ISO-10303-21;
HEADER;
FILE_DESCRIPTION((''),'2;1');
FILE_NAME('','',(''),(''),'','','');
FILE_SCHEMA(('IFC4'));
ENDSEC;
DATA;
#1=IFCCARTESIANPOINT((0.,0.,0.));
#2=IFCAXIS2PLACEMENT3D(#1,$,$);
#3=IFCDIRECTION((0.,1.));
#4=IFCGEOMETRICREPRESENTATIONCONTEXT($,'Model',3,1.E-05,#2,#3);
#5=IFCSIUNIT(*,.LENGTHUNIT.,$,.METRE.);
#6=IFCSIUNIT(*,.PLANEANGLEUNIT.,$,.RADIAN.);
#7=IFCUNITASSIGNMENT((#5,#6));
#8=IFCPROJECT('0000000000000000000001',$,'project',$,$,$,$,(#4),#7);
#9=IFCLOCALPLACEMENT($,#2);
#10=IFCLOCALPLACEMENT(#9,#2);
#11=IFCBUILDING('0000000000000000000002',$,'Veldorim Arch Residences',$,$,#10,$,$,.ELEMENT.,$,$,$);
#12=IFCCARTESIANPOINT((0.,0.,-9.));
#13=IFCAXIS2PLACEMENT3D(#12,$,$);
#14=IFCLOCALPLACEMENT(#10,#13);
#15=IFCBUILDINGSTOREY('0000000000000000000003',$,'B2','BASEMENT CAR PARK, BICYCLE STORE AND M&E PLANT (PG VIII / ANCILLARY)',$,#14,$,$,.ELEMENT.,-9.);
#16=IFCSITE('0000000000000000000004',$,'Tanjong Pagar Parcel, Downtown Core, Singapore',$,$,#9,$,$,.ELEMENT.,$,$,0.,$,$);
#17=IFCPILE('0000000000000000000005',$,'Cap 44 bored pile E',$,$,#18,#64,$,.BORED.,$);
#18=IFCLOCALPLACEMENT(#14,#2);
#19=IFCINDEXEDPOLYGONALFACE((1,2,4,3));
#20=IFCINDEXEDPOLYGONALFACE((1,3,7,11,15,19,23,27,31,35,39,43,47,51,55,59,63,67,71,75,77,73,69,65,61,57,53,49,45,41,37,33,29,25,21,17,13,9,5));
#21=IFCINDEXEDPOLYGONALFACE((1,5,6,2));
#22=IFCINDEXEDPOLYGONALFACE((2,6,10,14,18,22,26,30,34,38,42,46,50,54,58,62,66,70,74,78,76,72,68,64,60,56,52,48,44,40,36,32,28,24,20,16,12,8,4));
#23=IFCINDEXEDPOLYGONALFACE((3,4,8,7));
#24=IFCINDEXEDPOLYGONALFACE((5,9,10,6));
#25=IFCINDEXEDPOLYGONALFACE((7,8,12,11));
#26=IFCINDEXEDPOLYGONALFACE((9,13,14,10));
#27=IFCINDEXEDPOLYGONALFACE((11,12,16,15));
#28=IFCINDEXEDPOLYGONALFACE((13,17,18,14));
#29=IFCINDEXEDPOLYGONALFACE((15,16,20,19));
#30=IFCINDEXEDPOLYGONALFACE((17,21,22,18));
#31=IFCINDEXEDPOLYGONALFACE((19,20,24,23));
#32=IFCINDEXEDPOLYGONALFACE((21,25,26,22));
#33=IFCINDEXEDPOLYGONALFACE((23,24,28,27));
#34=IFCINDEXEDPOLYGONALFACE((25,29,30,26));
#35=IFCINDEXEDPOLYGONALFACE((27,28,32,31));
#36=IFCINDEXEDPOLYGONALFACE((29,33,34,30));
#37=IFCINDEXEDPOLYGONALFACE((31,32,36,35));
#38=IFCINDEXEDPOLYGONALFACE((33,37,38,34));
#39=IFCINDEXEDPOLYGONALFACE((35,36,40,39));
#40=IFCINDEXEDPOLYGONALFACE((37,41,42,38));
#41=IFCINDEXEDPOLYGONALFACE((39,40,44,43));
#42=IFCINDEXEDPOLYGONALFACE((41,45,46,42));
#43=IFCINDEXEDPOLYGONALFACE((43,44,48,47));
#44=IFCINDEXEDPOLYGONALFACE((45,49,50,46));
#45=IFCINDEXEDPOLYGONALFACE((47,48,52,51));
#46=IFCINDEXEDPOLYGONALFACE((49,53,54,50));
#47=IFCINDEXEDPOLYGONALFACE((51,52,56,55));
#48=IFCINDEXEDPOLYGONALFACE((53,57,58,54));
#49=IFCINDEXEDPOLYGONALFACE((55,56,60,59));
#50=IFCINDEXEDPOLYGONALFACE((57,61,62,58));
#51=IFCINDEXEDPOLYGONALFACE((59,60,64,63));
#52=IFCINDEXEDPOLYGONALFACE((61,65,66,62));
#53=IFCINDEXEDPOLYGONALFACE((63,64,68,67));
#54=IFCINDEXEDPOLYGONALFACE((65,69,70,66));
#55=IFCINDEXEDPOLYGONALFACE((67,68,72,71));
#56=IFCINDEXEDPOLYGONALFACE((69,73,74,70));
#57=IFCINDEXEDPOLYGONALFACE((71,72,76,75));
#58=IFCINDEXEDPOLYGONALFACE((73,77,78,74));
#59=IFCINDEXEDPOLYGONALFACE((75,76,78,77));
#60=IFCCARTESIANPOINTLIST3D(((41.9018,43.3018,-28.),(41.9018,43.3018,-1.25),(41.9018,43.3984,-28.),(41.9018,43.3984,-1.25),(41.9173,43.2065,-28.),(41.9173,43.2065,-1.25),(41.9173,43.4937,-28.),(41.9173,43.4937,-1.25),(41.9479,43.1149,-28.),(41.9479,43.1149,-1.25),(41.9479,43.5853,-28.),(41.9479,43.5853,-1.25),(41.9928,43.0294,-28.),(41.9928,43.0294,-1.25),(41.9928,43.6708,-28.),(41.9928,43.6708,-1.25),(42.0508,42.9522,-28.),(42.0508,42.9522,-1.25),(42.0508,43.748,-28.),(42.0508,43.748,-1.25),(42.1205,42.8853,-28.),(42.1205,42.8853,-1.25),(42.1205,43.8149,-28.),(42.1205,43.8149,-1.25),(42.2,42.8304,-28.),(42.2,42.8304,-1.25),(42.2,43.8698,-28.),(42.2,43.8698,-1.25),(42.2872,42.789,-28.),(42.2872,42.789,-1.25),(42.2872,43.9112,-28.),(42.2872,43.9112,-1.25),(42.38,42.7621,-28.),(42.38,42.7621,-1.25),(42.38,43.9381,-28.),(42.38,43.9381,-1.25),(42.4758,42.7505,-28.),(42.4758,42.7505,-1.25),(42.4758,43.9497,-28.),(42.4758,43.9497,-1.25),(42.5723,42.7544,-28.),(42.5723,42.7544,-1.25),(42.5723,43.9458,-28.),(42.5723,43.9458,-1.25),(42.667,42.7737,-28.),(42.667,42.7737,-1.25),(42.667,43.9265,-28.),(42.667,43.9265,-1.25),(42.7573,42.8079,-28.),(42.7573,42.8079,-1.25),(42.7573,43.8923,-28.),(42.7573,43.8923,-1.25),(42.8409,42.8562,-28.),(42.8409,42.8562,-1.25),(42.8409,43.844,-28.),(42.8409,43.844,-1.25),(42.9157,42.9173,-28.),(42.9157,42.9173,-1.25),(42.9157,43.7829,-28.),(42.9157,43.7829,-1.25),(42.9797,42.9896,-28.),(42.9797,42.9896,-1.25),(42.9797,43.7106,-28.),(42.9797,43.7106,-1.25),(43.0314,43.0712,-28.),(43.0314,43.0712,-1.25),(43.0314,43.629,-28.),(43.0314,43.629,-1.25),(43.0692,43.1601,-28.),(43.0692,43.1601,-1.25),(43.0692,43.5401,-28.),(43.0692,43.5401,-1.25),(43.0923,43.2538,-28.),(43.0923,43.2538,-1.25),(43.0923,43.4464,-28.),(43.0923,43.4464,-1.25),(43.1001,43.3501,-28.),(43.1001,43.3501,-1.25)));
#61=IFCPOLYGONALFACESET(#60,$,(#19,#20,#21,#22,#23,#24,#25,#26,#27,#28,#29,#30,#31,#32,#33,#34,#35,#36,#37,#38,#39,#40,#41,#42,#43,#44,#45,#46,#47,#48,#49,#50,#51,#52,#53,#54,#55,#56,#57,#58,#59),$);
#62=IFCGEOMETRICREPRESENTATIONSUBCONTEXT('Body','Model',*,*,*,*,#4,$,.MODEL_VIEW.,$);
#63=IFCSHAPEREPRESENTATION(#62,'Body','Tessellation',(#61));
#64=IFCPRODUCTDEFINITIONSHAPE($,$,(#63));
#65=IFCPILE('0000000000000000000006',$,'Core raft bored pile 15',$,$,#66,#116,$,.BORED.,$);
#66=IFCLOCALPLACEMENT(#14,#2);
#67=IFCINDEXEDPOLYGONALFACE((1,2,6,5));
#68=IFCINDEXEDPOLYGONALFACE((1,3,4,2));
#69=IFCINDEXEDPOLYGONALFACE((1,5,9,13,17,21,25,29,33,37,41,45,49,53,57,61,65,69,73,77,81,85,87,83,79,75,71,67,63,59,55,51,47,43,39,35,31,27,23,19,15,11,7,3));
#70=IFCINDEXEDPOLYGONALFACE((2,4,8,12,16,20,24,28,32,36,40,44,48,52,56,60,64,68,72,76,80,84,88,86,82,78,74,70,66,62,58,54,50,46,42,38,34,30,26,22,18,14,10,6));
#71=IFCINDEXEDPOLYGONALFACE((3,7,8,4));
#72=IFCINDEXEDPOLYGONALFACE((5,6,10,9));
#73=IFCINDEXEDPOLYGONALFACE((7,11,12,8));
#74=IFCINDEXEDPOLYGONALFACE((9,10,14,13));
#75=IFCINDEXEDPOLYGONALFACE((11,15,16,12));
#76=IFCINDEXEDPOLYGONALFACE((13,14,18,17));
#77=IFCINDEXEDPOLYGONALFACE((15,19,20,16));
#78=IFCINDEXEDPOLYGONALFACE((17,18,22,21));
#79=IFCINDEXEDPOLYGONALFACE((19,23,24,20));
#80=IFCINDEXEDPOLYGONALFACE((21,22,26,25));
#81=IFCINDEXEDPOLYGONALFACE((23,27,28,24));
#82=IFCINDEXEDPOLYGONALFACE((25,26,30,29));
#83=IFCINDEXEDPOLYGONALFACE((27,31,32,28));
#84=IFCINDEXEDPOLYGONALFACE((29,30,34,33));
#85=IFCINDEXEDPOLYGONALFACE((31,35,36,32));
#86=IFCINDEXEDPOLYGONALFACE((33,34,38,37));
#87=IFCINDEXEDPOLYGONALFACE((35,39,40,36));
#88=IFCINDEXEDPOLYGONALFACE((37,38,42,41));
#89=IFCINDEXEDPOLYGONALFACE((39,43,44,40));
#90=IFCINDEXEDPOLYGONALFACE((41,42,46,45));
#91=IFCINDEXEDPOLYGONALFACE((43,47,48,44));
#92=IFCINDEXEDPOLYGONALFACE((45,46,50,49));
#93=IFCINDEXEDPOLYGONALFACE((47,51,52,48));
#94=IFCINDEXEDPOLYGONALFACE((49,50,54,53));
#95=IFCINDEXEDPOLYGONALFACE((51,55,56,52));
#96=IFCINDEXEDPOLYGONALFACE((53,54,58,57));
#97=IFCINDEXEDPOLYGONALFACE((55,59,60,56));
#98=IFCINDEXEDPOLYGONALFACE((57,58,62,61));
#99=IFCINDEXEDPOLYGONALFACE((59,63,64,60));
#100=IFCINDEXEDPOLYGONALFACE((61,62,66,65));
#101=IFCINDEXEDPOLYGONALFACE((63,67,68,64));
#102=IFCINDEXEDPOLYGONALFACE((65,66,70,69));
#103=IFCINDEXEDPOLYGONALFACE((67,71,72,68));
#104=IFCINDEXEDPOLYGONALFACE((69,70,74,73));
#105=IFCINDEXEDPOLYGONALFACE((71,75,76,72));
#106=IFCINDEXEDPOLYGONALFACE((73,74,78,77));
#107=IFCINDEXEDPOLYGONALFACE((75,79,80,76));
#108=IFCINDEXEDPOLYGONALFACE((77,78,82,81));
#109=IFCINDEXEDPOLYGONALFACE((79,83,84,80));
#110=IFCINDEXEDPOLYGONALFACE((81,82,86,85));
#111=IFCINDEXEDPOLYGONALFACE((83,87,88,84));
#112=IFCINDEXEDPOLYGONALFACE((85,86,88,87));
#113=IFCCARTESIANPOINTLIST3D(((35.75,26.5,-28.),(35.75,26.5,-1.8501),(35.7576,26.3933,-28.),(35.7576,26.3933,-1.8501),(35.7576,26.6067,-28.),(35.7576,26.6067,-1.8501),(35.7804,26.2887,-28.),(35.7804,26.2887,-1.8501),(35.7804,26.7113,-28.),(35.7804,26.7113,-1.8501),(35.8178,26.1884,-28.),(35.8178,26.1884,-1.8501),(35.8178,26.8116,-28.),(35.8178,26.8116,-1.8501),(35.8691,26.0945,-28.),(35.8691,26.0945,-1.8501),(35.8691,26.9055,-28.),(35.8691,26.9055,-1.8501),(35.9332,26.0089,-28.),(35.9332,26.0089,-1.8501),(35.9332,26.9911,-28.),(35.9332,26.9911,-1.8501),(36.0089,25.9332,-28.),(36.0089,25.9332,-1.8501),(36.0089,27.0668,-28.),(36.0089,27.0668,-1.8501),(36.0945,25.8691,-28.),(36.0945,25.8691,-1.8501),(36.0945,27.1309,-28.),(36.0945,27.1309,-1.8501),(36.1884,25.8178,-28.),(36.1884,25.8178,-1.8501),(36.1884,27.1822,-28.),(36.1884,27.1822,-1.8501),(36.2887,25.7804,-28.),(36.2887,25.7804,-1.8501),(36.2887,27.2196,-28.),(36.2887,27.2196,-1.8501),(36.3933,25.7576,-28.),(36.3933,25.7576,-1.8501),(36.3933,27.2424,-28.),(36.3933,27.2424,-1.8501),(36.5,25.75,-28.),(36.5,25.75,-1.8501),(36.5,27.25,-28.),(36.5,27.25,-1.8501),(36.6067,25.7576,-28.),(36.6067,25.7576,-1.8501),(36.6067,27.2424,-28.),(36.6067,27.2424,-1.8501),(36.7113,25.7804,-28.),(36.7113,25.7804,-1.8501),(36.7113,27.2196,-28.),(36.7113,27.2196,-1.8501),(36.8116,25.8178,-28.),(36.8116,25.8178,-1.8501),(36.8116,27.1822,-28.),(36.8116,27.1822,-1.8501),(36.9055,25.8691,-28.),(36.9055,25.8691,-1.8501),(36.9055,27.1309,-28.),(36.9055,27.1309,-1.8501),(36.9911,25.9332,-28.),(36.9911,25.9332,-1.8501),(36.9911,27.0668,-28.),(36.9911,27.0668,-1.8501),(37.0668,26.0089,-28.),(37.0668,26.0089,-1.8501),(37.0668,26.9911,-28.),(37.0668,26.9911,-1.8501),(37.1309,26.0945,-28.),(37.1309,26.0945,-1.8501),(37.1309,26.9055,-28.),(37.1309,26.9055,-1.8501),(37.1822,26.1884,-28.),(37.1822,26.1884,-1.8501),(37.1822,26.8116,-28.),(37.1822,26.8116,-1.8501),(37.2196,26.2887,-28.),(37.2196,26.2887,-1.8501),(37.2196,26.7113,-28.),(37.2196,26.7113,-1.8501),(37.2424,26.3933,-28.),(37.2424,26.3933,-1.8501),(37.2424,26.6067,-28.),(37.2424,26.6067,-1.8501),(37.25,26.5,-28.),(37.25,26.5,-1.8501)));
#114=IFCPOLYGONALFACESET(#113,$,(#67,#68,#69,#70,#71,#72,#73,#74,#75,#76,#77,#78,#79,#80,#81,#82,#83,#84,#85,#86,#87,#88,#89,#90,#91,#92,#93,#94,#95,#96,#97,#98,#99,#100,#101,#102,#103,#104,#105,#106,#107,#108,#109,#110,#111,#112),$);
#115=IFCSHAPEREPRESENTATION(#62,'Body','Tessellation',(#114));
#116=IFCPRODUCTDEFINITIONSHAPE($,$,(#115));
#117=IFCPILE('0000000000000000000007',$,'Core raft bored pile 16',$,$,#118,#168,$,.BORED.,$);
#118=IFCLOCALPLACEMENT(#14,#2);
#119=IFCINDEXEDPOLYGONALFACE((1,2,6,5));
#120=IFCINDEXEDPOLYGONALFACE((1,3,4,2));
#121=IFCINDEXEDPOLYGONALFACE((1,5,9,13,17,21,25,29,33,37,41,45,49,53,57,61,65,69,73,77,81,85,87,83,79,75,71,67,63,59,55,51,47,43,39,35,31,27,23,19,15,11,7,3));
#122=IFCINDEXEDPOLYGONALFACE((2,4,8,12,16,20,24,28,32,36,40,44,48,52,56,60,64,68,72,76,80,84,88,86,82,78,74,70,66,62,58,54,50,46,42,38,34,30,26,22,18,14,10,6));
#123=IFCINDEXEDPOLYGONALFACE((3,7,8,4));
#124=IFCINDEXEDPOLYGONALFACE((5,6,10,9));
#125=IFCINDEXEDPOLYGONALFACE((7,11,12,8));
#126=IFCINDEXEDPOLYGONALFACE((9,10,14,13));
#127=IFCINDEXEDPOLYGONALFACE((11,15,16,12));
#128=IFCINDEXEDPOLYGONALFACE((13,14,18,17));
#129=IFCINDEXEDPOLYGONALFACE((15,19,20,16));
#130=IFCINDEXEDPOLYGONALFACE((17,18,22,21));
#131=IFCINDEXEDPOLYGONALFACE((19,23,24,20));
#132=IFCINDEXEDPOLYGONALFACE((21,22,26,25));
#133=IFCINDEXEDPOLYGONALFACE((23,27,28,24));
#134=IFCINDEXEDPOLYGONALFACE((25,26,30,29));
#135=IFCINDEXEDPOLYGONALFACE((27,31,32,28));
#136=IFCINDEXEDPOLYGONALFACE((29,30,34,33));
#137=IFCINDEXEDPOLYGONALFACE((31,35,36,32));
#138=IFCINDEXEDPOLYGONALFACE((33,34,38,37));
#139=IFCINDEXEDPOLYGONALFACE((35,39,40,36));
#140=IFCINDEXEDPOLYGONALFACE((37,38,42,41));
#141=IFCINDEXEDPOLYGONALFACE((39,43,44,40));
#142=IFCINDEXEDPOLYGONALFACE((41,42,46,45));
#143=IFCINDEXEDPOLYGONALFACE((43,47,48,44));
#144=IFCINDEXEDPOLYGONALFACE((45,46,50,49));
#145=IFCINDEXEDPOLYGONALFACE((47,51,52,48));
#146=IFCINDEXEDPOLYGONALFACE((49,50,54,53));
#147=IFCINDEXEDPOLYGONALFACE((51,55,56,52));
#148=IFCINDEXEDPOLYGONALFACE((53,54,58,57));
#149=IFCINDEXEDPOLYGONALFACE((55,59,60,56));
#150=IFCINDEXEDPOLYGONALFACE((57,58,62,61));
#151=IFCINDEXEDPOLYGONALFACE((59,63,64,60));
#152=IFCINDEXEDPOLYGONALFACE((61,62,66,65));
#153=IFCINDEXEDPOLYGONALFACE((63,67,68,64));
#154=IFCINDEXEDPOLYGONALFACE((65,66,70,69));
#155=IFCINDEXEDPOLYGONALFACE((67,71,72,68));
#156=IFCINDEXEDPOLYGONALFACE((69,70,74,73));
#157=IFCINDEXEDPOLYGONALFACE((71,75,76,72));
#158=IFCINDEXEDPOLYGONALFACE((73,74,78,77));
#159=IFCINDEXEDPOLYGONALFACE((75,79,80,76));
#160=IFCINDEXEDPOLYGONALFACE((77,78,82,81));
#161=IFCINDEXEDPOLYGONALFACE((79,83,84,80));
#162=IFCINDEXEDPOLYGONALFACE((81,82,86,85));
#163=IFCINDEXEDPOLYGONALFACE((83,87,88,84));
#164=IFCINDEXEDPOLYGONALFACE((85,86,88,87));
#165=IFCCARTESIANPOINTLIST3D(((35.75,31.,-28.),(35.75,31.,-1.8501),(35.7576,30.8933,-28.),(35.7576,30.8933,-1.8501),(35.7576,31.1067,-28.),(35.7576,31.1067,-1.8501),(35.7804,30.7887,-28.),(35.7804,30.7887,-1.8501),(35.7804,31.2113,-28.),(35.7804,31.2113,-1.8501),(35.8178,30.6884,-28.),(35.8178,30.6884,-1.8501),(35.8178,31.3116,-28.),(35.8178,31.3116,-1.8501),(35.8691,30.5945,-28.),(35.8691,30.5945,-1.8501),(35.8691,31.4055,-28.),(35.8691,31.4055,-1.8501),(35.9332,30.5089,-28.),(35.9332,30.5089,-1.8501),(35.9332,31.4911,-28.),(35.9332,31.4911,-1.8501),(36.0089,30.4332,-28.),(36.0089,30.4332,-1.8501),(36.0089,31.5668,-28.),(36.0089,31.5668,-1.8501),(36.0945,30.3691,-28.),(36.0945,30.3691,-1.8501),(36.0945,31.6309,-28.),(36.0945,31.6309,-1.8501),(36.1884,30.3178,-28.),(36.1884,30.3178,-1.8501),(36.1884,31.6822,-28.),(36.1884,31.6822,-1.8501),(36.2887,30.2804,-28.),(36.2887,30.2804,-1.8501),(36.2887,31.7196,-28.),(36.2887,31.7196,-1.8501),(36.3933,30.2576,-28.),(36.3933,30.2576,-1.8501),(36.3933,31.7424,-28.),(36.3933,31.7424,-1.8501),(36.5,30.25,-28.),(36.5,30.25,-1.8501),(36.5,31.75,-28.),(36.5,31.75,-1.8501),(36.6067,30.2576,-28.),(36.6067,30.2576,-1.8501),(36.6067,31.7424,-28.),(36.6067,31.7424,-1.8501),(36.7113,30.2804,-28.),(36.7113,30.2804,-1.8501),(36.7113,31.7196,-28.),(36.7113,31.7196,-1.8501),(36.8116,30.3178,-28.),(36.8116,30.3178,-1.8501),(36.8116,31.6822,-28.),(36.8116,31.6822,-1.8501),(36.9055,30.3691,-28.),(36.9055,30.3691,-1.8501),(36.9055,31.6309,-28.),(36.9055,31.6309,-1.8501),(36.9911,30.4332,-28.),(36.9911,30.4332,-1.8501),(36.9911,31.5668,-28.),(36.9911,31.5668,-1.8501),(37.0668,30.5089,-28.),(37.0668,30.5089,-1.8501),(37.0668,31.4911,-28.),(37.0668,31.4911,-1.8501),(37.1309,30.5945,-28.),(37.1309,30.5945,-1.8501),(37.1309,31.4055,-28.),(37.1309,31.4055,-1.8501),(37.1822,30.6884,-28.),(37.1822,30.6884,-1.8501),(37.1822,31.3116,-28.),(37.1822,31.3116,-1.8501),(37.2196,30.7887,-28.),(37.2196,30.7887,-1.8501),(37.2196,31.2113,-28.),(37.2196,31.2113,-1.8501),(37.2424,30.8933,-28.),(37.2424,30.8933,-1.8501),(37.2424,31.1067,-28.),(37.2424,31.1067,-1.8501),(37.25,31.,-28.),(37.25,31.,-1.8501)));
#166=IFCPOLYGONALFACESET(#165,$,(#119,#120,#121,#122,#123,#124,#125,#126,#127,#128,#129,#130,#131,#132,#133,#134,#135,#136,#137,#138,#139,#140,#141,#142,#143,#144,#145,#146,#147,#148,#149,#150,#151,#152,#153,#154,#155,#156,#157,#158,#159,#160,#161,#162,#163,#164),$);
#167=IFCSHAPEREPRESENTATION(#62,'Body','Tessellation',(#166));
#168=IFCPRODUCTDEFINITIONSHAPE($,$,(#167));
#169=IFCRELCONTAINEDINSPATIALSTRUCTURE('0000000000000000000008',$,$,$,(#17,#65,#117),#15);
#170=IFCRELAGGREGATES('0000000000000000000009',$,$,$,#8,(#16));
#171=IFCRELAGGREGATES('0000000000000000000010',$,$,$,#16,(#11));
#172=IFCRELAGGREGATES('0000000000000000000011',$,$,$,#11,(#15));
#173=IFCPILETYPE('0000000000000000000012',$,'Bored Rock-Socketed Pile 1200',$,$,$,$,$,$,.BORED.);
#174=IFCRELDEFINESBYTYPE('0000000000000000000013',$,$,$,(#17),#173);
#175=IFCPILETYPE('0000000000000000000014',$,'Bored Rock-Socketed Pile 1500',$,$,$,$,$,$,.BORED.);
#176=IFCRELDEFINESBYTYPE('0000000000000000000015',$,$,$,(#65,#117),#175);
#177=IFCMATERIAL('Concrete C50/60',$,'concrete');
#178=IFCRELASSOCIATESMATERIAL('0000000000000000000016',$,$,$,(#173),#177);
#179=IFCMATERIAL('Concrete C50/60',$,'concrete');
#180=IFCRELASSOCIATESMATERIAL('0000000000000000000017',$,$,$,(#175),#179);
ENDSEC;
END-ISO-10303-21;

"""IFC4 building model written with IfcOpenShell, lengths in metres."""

from ifc_helpers import new_model, si_unit, direction, frame, origin, origin_2d, place, context, subcontext, project, spatial, circle, extrude, material, material_profile, profile_set, type_object, element, save


model = new_model("IFC4")

# Units and contexts
model_context = context("Model", 3, precision=1e-05, world=origin(), true_north=direction((0.0, 1.0)))
body_context = subcontext(model_context, "Body", "Model", "MODEL_VIEW")
ifc_project = project(units=[si_unit("LENGTHUNIT", "METRE"), si_unit("PLANEANGLEUNIT", "RADIAN")], contexts=[model_context])

# Site, building, storey
site_placement = place(None, origin())
site = spatial("IfcSite", under=ifc_project, at=site_placement, Name="Tanjong Pagar Parcel, Downtown Core, Singapore", CompositionType="ELEMENT", RefElevation=0.0)
building_placement = place(site_placement, origin())
building = spatial("IfcBuilding", under=site, at=building_placement, Name="Veldorim Arch Residences", CompositionType="ELEMENT")
storey_placement = place(building_placement, frame((0.0, 0.0, -9.0)))
storey = spatial("IfcBuildingStorey", under=building, at=storey_placement, Name="B2", Description="BASEMENT CAR PARK, BICYCLE STORE AND M&E PLANT (PG VIII / ANCILLARY)", CompositionType="ELEMENT", Elevation=-9.0)

# Piles
ifc_material_1 = material(Name="Concrete C50/60", Category="concrete")
ifc_material_profile_1 = material_profile(ifc_material_1, circle(Radius=0.6001, at=origin_2d()), Name="PILE_1200")
ifc_profile_set_1 = profile_set([ifc_material_profile_1], Name="Concrete C50/60")
pile_type_1 = type_object("IfcPileType", Name="Bored Rock-Socketed Pile 1200", PredefinedType="BORED", material=ifc_profile_set_1)
for number, where, z_axis, x_axis, name in (
    (1, (42.5, 43.3501, -1.25), (0.0, 0.0, -1.0), (1.0, 0.0, 0.0), "Cap 44 bored pile E"),
):
    element("IfcPile", number, at=place(storey_placement, frame(where, z_axis=z_axis, x_axis=x_axis)), inside=storey, type_object=pile_type_1, Name=name, PredefinedType="BORED", context=body_context, shape_type="SweptSolid", body=[
        extrude(circle(Radius=0.6001, at=origin_2d()), origin(), (0.0, 0.0, 1.0), 26.75),
    ])
ifc_material_2 = material(Name="Concrete C50/60", Category="concrete")
ifc_material_profile_2 = material_profile(ifc_material_2, circle(Radius=0.75, at=origin_2d()), Name="PILE_1500")
ifc_profile_set_2 = profile_set([ifc_material_profile_2], Name="Concrete C50/60")
pile_type_2 = type_object("IfcPileType", Name="Bored Rock-Socketed Pile 1500", PredefinedType="BORED", material=ifc_profile_set_2)
for number, where, z_axis, x_axis, name in (
    (2, (36.5, 26.5, -1.8501), (0.0, 0.0, -1.0), (1.0, 0.0, 0.0), "Core raft bored pile 15"),
    (3, (36.5, 31.0, -1.8501), (0.0, 0.0, -1.0), (1.0, 0.0, 0.0), "Core raft bored pile 16"),
):
    element("IfcPile", number, at=place(storey_placement, frame(where, z_axis=z_axis, x_axis=x_axis)), inside=storey, type_object=pile_type_2, Name=name, PredefinedType="BORED", context=body_context, shape_type="SweptSolid", body=[
        extrude(circle(Radius=0.75, at=origin_2d()), origin(), (0.0, 0.0, 1.0), 26.1499),
    ])

save(model, "model.ifc")
